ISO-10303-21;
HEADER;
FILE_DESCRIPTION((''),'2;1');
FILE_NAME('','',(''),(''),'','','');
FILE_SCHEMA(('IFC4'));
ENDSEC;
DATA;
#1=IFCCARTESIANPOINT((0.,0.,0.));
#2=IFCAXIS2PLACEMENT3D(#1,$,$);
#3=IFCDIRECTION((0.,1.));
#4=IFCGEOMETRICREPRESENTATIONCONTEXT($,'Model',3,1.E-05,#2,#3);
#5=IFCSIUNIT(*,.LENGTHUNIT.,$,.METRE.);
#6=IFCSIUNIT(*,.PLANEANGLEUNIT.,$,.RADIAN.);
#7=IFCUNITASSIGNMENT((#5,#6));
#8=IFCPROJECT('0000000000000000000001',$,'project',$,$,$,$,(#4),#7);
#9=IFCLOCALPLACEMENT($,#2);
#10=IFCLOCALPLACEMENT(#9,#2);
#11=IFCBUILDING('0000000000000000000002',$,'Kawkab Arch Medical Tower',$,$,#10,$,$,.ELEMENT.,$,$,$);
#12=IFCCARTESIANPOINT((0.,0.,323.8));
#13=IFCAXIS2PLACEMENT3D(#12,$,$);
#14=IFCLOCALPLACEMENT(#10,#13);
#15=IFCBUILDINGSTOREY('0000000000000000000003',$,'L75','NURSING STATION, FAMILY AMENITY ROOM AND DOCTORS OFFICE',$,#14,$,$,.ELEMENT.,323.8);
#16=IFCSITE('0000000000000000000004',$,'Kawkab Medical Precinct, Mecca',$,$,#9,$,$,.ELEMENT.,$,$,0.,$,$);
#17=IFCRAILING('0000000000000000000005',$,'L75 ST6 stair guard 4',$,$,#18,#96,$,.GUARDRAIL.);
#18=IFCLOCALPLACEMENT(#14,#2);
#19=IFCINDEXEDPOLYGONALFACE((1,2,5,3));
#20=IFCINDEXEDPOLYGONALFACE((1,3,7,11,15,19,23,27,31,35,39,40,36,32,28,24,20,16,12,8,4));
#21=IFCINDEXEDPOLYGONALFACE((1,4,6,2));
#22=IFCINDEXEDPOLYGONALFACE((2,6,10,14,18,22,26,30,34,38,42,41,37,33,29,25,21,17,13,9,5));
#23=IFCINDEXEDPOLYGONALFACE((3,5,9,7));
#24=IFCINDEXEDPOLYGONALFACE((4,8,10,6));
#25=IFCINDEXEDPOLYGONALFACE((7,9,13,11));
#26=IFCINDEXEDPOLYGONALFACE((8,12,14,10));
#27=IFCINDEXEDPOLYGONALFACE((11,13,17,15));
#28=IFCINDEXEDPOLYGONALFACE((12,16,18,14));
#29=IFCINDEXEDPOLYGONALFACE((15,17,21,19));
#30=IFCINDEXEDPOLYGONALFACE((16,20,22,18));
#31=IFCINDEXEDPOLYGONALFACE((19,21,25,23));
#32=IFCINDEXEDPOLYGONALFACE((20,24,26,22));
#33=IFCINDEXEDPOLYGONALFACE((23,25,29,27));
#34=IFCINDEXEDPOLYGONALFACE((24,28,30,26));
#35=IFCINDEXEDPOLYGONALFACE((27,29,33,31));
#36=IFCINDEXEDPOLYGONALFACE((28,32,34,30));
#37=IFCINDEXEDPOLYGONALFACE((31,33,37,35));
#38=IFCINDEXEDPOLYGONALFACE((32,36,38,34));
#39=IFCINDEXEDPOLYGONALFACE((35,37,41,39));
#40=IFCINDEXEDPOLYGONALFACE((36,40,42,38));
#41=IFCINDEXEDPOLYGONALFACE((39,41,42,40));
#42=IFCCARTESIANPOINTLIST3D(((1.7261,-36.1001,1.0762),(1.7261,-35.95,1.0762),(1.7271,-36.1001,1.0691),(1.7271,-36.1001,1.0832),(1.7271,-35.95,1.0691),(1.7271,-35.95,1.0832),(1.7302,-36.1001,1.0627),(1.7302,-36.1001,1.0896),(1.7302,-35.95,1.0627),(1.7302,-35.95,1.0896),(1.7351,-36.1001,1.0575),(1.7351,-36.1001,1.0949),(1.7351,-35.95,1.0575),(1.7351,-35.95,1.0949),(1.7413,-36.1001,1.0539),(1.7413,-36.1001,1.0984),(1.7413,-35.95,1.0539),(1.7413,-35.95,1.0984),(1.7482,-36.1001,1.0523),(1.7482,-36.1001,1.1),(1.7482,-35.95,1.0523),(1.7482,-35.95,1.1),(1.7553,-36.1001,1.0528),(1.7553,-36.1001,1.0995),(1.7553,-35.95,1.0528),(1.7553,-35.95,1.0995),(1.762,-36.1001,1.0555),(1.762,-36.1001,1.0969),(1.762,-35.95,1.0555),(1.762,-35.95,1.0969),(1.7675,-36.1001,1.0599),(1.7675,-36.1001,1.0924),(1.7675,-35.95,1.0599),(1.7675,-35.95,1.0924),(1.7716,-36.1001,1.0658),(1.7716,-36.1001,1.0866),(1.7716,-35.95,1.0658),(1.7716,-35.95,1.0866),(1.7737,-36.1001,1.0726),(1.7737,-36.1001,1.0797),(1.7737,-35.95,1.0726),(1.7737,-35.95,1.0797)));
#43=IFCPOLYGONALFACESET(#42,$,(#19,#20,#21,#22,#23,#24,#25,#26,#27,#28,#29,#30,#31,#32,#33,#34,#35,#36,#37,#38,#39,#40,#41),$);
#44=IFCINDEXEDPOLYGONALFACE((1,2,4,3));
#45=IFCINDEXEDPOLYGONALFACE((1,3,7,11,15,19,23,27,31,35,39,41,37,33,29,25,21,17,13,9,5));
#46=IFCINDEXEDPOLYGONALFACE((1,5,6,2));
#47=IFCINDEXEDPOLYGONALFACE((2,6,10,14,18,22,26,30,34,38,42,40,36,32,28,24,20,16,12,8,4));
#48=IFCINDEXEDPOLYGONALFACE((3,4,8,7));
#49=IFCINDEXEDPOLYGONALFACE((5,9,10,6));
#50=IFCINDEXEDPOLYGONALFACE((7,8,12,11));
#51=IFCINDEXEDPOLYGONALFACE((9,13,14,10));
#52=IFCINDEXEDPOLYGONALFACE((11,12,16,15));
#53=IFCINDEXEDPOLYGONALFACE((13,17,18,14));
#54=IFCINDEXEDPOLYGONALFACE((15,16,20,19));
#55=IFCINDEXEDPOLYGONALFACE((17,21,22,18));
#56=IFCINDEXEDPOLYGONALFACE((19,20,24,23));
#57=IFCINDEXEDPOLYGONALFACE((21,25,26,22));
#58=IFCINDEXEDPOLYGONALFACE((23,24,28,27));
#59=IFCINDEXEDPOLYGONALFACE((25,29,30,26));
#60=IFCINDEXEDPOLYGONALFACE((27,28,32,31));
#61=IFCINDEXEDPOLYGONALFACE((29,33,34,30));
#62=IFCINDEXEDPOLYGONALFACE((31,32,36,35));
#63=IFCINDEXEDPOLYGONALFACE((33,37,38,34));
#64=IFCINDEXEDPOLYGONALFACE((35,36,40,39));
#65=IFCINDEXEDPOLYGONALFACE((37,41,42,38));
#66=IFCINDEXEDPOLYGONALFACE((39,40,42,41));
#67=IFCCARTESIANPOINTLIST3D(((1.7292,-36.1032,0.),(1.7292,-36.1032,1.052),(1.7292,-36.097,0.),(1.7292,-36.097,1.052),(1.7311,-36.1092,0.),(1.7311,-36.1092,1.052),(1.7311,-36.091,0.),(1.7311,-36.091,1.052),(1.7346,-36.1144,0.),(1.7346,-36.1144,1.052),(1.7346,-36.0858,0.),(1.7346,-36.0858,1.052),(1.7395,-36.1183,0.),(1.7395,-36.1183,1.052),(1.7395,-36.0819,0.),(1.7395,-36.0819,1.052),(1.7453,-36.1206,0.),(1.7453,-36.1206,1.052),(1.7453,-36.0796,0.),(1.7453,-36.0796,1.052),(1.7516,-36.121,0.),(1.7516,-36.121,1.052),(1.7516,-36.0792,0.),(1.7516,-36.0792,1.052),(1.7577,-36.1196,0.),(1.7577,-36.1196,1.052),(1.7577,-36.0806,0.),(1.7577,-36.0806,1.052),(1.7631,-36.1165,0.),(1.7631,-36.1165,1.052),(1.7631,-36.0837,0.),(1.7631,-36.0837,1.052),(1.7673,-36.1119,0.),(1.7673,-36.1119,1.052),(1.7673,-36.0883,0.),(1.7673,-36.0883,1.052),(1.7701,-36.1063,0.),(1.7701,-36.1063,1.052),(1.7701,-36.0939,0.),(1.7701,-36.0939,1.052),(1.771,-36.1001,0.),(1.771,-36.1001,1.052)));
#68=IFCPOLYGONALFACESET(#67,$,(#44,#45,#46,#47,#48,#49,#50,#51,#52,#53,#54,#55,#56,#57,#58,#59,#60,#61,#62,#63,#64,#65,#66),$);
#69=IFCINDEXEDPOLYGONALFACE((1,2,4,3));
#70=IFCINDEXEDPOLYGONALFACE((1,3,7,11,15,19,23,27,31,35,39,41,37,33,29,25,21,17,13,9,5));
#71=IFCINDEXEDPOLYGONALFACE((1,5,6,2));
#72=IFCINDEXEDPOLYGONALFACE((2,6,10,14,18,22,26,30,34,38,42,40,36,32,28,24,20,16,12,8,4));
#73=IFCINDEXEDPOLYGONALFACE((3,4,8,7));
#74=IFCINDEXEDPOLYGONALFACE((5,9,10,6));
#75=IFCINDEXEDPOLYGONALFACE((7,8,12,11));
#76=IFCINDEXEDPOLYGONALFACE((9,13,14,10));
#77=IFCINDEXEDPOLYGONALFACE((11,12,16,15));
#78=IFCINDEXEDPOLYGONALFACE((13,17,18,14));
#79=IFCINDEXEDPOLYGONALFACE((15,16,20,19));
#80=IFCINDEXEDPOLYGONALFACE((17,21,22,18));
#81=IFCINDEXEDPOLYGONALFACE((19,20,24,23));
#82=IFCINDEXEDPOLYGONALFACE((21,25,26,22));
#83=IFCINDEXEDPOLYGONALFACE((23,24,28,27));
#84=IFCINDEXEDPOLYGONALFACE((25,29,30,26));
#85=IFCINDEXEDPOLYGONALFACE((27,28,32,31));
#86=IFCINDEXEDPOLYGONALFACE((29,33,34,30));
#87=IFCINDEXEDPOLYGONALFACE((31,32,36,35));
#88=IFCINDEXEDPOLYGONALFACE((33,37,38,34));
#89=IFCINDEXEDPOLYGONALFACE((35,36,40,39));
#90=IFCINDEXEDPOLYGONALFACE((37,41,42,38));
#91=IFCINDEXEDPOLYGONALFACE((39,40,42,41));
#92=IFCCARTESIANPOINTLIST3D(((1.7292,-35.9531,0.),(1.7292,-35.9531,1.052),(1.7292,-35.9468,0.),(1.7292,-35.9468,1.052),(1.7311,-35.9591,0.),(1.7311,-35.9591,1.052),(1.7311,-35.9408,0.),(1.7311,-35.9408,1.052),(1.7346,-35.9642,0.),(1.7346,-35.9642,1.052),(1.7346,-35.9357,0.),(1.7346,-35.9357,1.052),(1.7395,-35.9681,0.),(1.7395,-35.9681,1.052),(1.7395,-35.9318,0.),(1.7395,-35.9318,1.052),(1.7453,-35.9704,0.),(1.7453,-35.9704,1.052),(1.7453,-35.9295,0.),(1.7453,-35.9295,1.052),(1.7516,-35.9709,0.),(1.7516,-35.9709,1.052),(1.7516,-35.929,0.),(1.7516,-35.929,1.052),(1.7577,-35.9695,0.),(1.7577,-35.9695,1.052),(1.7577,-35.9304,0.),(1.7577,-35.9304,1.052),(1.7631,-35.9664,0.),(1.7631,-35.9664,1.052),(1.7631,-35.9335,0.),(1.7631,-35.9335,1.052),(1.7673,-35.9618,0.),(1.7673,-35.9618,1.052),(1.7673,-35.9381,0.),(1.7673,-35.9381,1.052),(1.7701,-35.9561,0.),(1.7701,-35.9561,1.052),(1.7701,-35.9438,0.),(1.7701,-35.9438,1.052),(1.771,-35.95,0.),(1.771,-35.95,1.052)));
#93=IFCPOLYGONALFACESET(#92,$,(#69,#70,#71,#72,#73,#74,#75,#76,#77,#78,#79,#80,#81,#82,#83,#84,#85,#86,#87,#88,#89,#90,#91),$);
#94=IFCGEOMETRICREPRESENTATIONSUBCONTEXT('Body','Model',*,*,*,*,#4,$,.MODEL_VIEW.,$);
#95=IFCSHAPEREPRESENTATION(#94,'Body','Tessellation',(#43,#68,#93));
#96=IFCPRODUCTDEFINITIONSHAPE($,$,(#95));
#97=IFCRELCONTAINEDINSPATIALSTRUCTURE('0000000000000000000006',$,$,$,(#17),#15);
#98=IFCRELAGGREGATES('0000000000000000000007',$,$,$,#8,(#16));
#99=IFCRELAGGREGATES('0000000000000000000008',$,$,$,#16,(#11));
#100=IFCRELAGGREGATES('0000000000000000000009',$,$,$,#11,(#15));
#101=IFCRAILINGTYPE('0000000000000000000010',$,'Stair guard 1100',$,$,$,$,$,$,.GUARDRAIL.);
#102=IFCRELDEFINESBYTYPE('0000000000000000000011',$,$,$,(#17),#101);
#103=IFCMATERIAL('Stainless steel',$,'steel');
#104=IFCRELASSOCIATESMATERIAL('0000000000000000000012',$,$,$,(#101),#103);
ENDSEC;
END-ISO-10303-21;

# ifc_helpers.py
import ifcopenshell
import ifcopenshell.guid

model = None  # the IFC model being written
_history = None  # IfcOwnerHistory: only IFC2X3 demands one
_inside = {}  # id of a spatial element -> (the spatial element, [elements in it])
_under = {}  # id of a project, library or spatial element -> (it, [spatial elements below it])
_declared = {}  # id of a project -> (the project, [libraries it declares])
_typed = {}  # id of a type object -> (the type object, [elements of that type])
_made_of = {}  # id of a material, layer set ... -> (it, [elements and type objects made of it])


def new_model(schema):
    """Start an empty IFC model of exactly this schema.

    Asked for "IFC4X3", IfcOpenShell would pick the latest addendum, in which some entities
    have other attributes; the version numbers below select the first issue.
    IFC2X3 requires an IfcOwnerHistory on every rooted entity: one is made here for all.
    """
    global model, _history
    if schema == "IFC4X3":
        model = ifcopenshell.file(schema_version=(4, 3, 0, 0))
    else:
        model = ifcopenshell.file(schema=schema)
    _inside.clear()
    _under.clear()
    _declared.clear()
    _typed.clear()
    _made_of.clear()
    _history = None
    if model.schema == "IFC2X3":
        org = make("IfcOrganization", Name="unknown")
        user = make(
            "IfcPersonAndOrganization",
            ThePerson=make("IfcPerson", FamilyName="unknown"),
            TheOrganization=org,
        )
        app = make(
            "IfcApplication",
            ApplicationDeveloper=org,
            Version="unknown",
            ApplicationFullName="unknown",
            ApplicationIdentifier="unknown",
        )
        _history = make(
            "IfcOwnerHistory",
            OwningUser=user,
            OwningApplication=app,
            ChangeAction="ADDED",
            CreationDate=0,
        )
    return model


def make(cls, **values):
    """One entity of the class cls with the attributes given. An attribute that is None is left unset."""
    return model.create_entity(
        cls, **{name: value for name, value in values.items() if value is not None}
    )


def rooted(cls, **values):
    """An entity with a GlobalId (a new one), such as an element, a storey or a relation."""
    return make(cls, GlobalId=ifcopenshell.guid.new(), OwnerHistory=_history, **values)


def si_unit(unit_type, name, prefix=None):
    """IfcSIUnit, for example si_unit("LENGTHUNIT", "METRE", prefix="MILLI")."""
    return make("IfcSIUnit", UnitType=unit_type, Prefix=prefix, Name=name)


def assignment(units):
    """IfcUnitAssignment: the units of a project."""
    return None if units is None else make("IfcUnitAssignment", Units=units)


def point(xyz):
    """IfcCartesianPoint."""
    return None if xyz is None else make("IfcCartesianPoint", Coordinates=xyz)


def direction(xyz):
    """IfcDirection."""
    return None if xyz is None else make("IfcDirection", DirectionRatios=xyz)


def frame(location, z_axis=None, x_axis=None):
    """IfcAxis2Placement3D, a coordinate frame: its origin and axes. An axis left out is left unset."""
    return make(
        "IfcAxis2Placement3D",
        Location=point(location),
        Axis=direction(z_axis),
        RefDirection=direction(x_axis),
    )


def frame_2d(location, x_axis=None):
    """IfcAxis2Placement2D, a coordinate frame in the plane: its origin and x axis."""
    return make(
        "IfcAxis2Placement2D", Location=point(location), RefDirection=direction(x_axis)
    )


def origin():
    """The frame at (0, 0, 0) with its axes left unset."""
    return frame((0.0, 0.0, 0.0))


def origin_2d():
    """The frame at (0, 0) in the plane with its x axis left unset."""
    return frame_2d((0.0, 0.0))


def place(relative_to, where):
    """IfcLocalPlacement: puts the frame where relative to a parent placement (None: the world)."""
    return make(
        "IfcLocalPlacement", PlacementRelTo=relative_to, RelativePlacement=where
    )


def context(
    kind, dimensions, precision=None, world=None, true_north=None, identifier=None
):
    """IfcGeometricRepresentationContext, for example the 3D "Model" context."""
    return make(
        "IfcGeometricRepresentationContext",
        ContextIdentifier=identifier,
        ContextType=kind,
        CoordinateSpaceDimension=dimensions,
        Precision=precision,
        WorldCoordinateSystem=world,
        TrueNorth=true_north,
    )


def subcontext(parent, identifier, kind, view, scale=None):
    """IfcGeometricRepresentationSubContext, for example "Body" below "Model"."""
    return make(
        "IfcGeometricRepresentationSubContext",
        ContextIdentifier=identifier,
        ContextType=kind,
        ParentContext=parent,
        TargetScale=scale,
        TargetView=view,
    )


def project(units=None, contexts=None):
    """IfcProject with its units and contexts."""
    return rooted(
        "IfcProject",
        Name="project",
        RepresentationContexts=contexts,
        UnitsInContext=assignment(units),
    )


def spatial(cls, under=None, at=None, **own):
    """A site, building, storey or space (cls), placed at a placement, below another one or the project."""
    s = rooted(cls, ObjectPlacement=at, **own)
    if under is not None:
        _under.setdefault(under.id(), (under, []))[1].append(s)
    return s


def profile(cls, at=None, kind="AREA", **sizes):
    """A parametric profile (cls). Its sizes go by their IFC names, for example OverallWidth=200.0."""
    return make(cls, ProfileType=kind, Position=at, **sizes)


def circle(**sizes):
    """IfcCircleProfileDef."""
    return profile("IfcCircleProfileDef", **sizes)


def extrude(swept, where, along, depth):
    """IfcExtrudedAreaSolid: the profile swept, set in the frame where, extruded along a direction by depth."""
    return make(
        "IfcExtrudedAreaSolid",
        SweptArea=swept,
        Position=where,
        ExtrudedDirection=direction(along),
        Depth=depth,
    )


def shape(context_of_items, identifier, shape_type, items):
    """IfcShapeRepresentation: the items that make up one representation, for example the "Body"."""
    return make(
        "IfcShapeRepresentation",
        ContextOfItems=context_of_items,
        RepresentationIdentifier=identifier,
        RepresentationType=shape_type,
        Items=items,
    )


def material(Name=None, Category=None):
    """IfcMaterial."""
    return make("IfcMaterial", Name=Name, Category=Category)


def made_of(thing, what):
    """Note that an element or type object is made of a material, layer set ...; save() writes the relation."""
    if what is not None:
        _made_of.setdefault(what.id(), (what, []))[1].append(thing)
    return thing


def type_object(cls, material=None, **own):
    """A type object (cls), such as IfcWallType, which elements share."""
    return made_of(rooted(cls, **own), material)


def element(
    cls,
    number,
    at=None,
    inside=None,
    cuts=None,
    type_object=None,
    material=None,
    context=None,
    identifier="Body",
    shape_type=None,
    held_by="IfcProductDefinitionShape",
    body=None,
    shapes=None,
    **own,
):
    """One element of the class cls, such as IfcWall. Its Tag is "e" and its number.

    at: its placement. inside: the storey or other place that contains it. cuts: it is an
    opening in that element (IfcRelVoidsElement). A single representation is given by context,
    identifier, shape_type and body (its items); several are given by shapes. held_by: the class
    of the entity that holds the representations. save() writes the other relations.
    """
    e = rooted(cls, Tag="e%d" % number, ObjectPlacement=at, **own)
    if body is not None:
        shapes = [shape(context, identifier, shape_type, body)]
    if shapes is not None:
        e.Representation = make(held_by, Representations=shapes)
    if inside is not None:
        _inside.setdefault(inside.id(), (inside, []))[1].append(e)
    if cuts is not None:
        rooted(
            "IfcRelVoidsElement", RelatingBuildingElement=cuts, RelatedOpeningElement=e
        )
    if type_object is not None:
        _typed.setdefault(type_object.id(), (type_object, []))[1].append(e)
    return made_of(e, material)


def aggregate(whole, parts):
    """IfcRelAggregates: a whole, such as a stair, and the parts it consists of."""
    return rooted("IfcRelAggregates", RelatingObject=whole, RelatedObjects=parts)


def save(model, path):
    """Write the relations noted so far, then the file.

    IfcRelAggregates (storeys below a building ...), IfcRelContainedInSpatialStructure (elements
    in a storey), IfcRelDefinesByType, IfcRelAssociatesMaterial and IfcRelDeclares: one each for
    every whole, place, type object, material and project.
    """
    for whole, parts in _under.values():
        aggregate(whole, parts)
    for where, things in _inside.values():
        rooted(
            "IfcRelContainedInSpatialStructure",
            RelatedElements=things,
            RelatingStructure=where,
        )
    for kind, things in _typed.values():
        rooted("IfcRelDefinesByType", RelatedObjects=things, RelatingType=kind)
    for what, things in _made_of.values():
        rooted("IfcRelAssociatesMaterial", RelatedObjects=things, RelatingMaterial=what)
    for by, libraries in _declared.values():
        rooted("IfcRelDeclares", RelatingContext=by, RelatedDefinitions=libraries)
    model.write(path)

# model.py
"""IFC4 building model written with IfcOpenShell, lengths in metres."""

from ifc_helpers import new_model, si_unit, direction, frame, origin, origin_2d, place, context, subcontext, project, spatial, circle, extrude, material, type_object, element, save


model = new_model("IFC4")

# Units and contexts
model_context = context("Model", 3, precision=1e-05, world=origin(), true_north=direction((0.0, 1.0)))
body_context = subcontext(model_context, "Body", "Model", "MODEL_VIEW")
ifc_project = project(units=[si_unit("LENGTHUNIT", "METRE"), si_unit("PLANEANGLEUNIT", "RADIAN")], contexts=[model_context])

# Site, building, storey
site_placement = place(None, origin())
site = spatial("IfcSite", under=ifc_project, at=site_placement, Name="Kawkab Medical Precinct, Mecca", CompositionType="ELEMENT", RefElevation=0.0)
building_placement = place(site_placement, origin())
building = spatial("IfcBuilding", under=site, at=building_placement, Name="Kawkab Arch Medical Tower", CompositionType="ELEMENT")
storey_placement = place(building_placement, frame((0.0, 0.0, 323.8)))
storey = spatial("IfcBuildingStorey", under=building, at=storey_placement, Name="L75", Description="NURSING STATION, FAMILY AMENITY ROOM AND DOCTORS OFFICE", CompositionType="ELEMENT", Elevation=323.8)

# Railing
ifc_material_1 = material(Name="Stainless steel", Category="steel")
railing_type_1 = type_object("IfcRailingType", Name="Stair guard 1100", PredefinedType="GUARDRAIL", material=ifc_material_1)
railing_1_placement = place(storey_placement, frame((1.75, -36.1001, 0.0)))
element("IfcRailing", 1, at=railing_1_placement, inside=storey, type_object=railing_type_1, Name="L75 ST6 stair guard 4", PredefinedType="GUARDRAIL", context=body_context, shape_type="SweptSolid", body=[
    extrude(circle(Radius=0.0239, at=origin_2d()), frame((0.0, 0.0, 1.0762), z_axis=(0.0, 1.0, 0.0), x_axis=(-1.0, 0.0, 0.0)), (0.0, 0.0, 1.0), 0.1501),
    extrude(circle(Radius=0.021, at=origin_2d()), origin(), (0.0, 0.0, 1.0), 1.052),
    extrude(circle(Radius=0.021, at=origin_2d()), frame((0.0, 0.1501, 0.0)), (0.0, 0.0, 1.0), 1.052),
])

save(model, "model.ifc")
